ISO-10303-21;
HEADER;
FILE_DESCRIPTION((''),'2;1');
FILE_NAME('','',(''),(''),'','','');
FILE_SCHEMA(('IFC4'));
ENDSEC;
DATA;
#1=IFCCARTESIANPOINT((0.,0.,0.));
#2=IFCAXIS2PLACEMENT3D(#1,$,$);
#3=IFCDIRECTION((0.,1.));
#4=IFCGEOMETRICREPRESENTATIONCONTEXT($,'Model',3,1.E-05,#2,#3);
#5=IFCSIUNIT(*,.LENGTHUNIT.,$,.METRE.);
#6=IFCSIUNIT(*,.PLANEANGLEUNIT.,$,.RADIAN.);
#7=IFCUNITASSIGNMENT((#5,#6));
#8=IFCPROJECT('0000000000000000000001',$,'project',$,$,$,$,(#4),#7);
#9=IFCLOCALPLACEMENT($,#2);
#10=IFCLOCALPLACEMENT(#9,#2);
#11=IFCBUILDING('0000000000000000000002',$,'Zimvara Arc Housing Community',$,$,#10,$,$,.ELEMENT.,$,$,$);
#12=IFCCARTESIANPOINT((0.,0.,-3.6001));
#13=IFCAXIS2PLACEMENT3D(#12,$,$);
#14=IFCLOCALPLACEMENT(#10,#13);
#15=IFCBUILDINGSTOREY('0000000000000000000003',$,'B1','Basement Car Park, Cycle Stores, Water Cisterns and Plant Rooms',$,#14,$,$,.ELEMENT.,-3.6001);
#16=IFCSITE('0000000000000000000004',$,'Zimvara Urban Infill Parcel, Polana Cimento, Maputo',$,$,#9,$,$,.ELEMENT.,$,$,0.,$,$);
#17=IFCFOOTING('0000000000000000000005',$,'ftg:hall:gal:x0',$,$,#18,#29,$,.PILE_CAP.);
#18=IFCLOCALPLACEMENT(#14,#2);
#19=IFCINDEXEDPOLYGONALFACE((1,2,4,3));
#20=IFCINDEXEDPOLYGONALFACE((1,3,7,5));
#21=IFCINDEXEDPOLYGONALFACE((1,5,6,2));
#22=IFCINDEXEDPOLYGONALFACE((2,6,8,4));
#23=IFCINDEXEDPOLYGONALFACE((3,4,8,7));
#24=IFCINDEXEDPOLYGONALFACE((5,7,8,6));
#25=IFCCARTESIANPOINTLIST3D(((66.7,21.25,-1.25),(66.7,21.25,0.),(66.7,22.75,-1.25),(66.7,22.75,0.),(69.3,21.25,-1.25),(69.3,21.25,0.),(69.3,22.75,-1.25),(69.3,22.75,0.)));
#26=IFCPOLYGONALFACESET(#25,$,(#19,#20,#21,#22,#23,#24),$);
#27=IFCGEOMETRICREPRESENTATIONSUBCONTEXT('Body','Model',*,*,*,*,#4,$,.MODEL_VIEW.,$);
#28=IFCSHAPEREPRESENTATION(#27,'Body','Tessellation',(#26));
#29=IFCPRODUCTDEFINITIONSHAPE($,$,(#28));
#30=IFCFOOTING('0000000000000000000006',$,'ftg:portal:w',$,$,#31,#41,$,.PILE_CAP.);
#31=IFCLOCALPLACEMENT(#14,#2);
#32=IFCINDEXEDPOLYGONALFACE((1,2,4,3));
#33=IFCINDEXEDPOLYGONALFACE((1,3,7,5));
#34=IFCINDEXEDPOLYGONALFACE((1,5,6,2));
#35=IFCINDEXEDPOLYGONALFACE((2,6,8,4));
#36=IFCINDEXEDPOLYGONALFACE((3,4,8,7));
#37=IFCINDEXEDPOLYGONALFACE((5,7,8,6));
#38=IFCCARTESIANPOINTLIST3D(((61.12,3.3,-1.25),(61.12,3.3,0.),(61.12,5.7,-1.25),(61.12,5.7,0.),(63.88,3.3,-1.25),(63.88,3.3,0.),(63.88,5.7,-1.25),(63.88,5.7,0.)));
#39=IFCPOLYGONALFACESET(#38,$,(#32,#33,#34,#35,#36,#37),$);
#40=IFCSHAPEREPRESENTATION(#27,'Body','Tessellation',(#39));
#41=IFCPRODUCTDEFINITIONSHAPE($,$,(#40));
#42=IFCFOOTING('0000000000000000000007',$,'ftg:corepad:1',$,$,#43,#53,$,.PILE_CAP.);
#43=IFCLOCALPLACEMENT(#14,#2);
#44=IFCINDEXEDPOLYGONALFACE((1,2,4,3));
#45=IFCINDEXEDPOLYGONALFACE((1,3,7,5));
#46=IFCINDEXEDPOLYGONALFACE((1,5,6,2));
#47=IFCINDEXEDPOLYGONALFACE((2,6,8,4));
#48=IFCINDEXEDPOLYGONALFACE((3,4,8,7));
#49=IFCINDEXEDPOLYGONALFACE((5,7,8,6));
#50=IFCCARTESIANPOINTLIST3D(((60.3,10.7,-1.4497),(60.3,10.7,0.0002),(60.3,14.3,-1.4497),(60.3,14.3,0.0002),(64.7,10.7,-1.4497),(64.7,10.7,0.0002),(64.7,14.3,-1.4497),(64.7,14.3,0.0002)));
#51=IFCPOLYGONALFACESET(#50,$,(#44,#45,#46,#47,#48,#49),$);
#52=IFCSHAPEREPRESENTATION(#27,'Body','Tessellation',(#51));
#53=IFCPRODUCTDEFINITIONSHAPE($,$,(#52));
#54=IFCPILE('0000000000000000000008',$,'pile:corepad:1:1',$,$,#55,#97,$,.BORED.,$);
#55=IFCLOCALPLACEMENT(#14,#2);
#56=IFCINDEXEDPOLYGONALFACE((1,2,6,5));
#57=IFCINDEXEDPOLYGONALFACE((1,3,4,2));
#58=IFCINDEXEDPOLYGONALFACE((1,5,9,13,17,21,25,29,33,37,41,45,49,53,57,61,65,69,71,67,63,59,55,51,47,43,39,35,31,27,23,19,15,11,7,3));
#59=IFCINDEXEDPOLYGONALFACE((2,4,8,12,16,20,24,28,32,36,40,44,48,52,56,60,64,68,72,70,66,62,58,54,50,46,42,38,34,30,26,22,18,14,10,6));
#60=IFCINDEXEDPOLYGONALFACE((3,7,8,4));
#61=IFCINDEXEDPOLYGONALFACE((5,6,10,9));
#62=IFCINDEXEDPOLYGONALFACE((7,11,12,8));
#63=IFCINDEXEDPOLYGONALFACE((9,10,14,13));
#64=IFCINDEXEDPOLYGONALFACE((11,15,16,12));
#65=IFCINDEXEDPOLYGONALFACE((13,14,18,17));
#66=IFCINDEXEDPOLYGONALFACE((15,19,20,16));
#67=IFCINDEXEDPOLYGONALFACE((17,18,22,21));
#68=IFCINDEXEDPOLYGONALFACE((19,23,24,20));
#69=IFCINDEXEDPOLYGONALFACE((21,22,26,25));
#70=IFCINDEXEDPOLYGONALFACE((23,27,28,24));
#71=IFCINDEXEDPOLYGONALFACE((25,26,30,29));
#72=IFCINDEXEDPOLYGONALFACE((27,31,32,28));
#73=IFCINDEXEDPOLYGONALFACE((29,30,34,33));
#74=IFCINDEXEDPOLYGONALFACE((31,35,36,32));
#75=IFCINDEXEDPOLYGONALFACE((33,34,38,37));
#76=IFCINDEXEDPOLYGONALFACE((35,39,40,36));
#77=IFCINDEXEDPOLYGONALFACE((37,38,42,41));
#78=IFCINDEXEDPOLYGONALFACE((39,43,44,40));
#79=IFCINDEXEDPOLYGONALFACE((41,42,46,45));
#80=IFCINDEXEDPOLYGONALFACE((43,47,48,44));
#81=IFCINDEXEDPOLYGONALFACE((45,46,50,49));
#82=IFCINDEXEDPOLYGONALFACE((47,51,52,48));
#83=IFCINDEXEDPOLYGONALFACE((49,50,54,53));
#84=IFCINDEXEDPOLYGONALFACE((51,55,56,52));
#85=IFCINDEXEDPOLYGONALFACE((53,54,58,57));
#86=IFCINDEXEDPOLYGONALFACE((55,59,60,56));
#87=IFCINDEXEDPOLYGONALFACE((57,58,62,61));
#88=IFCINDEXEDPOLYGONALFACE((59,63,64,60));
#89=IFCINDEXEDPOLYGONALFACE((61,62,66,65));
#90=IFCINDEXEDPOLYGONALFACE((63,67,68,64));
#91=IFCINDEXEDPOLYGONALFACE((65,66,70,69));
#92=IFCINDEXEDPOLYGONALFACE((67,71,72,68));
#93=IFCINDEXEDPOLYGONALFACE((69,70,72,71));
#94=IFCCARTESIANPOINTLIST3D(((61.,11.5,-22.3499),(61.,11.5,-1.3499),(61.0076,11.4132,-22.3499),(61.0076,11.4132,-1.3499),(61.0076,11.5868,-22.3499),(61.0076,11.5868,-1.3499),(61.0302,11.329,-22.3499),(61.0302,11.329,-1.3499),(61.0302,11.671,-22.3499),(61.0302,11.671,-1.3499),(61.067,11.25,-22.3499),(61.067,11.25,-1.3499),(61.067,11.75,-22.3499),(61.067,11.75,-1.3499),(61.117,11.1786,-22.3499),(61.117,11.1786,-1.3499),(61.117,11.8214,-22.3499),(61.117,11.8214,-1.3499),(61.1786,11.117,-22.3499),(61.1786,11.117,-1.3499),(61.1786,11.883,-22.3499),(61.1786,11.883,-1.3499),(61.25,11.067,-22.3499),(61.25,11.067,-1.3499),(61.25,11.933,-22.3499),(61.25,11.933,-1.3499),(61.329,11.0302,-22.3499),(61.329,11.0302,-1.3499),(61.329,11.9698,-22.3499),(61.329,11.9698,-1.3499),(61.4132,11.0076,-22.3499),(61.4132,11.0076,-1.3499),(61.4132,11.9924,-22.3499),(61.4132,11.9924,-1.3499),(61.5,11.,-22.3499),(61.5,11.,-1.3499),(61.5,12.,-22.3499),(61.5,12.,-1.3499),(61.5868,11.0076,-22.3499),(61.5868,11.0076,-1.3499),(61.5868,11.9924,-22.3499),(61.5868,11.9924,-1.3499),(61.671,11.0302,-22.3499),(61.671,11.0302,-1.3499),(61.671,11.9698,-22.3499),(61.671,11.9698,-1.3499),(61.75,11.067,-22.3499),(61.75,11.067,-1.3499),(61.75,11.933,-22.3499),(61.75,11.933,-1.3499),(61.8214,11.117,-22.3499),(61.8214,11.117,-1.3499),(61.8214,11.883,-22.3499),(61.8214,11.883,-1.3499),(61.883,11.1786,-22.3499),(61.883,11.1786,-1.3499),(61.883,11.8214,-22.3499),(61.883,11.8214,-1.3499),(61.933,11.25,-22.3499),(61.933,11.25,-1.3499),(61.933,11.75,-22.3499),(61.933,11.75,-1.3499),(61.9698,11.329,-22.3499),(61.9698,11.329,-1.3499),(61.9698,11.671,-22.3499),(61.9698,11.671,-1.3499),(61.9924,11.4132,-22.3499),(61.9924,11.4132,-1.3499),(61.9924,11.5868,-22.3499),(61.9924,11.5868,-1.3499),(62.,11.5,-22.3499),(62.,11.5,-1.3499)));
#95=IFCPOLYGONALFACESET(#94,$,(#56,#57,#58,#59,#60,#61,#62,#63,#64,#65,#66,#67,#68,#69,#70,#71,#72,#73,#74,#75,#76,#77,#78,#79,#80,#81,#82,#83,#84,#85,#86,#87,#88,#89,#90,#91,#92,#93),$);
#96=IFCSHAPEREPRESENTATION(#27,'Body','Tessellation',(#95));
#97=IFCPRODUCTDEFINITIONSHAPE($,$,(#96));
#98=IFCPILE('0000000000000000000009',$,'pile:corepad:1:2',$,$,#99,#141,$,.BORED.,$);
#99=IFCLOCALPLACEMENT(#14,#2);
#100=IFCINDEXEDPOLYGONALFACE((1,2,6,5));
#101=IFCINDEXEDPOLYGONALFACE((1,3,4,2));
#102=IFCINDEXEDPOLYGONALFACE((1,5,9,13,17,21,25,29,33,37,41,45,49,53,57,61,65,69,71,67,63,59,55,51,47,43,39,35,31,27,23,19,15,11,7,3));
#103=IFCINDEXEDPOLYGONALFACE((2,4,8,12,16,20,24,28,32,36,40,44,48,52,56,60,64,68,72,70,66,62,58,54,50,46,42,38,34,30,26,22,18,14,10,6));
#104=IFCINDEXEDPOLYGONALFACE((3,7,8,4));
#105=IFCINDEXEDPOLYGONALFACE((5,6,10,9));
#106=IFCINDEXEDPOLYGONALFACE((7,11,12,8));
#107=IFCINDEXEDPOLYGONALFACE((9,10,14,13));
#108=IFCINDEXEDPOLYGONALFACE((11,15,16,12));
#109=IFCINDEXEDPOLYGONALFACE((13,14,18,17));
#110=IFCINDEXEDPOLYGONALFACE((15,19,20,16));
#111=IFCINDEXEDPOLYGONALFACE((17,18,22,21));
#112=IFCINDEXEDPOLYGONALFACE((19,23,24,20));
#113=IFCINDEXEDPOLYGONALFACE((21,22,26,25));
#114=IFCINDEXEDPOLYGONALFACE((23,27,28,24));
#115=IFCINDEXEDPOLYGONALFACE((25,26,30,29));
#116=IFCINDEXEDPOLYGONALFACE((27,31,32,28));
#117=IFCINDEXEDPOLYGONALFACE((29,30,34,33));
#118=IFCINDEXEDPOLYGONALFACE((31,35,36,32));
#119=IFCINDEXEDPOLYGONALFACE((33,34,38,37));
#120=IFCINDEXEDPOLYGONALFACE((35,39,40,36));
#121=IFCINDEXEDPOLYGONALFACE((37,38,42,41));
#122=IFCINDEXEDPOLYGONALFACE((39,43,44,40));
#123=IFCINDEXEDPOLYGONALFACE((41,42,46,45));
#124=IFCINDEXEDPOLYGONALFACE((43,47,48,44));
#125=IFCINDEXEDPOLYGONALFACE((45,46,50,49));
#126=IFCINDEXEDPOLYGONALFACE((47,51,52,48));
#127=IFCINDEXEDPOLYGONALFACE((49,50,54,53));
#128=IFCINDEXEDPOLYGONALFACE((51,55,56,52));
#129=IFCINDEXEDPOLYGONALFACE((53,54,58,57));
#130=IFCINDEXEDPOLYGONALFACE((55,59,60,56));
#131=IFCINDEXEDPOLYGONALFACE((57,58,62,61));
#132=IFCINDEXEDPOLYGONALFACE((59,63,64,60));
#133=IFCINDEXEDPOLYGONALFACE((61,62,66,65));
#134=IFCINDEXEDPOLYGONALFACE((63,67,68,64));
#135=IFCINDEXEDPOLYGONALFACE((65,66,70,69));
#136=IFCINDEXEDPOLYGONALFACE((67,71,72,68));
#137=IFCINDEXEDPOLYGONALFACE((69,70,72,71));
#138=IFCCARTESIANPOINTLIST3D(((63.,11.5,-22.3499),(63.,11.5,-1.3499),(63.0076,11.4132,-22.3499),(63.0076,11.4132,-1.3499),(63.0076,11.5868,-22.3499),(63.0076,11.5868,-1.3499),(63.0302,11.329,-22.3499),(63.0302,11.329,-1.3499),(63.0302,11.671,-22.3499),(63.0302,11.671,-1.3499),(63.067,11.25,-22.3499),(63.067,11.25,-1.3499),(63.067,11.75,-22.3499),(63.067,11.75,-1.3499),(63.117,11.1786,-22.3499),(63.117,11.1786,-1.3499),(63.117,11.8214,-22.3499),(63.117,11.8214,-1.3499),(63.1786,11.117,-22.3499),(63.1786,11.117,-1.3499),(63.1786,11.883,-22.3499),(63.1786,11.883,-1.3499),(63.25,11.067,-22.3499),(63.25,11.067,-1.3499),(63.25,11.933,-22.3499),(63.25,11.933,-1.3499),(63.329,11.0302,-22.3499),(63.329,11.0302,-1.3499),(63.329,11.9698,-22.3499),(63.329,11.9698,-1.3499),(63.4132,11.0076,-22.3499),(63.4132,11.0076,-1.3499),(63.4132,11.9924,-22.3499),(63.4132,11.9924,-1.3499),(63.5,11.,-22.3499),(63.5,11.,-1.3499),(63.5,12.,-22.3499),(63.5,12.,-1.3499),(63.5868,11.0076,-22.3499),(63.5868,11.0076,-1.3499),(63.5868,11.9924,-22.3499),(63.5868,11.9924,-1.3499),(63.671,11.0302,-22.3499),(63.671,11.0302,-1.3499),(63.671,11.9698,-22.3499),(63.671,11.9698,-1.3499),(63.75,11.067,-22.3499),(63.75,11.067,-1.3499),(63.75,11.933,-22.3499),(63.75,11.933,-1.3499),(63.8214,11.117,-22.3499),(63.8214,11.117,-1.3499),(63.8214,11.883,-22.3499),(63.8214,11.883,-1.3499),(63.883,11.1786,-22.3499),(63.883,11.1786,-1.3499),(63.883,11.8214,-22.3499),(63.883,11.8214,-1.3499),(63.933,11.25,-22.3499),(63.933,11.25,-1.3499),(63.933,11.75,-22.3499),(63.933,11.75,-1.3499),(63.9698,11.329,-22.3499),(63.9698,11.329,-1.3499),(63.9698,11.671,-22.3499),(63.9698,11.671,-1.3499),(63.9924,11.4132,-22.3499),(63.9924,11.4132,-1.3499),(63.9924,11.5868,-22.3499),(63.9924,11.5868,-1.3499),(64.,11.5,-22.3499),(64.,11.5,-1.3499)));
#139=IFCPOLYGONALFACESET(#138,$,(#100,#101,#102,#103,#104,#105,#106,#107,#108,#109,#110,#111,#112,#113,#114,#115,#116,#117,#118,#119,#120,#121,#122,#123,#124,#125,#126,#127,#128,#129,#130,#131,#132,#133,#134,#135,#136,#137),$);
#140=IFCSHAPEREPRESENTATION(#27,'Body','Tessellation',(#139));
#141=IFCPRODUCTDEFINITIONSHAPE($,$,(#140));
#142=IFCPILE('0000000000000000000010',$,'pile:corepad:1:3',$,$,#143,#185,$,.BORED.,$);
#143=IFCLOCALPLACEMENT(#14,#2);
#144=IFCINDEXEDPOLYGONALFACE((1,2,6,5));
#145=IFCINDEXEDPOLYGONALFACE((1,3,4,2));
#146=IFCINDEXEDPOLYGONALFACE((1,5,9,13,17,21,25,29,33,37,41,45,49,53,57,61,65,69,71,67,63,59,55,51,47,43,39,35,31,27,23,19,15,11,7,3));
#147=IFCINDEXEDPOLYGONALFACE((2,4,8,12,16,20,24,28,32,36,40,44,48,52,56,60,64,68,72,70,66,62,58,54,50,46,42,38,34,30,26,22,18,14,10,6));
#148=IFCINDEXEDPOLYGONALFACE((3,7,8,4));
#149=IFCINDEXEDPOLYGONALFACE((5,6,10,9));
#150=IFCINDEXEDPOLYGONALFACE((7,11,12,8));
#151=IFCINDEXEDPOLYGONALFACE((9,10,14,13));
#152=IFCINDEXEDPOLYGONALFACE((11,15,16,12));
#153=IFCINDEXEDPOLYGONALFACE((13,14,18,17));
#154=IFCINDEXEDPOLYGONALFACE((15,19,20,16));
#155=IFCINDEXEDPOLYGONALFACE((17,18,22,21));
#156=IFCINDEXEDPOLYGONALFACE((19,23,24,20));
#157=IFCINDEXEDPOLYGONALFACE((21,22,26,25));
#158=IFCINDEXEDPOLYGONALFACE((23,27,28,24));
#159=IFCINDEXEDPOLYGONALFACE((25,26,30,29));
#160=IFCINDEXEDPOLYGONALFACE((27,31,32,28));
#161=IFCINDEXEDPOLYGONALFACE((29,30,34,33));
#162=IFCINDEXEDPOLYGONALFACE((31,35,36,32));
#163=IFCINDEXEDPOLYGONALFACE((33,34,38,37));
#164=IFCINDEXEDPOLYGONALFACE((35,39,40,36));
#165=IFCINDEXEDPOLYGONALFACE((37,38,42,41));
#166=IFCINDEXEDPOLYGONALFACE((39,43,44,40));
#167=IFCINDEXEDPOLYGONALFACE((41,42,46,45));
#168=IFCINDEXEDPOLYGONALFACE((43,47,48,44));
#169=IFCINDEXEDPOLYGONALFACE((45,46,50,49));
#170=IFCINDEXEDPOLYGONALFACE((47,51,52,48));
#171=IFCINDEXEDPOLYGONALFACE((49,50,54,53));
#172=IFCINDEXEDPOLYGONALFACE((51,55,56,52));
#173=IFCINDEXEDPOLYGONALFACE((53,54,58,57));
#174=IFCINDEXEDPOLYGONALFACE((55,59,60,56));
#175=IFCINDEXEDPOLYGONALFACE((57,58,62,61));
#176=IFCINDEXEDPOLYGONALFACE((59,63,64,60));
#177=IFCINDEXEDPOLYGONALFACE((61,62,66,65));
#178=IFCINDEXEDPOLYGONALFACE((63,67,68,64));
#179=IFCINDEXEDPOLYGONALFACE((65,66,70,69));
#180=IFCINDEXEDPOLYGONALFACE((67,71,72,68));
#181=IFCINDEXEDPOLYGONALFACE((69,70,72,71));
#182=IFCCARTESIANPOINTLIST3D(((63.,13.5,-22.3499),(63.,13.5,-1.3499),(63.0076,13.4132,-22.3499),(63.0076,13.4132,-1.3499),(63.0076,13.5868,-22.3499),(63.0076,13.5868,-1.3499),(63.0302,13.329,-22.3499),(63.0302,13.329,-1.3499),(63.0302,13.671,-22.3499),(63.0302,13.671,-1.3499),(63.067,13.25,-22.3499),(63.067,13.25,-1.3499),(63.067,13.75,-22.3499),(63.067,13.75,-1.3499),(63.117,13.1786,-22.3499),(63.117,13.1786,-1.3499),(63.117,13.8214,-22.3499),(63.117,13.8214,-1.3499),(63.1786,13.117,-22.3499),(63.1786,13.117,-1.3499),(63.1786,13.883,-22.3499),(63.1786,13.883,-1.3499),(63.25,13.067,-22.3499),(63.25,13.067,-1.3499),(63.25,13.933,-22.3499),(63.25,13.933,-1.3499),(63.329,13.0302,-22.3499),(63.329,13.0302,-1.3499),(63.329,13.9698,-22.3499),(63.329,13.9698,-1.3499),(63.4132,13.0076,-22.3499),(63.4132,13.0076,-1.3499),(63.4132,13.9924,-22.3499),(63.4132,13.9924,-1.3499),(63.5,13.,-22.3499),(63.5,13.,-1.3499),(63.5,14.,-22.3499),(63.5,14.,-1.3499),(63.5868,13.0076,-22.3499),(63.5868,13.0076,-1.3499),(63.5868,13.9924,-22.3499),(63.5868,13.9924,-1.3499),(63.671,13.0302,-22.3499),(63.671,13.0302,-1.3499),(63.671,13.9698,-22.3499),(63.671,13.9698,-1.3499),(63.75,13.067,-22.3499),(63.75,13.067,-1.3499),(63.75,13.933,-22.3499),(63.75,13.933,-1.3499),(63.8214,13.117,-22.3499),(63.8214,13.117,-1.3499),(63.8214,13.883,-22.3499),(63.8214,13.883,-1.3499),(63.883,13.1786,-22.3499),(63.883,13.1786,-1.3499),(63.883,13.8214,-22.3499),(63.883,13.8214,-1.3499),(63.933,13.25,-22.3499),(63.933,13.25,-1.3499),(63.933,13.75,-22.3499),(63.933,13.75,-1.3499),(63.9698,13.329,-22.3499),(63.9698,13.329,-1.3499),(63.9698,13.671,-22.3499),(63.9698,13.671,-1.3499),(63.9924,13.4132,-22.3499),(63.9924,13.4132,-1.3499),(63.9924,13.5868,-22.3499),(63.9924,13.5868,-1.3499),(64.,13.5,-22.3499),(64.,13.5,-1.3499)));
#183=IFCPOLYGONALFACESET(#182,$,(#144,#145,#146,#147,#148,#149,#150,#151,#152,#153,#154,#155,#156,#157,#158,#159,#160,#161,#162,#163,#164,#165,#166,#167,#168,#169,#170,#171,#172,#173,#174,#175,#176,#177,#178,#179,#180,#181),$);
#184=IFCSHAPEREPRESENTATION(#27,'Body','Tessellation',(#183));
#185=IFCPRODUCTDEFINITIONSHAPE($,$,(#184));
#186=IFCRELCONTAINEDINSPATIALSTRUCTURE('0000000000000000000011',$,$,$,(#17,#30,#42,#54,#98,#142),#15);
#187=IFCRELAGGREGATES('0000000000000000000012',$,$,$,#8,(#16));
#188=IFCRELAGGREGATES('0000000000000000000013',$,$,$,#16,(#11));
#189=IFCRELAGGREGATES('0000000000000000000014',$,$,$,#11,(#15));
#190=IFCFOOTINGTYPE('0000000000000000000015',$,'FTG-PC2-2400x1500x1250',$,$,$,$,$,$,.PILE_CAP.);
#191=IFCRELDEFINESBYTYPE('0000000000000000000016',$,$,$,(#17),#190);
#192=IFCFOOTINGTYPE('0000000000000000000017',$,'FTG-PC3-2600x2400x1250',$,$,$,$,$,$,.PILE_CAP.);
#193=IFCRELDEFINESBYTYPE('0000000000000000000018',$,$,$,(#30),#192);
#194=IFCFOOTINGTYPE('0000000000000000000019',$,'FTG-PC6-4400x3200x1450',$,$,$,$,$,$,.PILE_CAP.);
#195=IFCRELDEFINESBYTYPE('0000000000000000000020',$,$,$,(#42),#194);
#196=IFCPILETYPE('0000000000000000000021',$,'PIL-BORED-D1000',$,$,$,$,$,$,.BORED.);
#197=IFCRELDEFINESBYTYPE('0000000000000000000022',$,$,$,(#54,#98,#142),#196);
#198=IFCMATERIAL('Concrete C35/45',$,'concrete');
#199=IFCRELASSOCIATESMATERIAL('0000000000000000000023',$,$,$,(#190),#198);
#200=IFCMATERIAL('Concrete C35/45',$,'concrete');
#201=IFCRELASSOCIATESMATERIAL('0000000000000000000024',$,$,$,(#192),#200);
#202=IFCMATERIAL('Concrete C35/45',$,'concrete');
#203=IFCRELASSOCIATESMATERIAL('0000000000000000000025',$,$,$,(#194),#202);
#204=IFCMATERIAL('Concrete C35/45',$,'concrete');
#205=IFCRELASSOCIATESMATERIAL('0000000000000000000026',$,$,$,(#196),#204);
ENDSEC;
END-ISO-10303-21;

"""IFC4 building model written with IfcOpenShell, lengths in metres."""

from ifc_helpers import new_model, si_unit, direction, frame, origin, origin_2d, place, context, subcontext, project, spatial, rectangle, circle, extrude, material, material_profile, profile_set, type_object, element, save


model = new_model("IFC4")

# Units and contexts
model_context = context("Model", 3, precision=1e-05, world=origin(), true_north=direction((0.0, 1.0)))
body_context = subcontext(model_context, "Body", "Model", "MODEL_VIEW")
ifc_project = project(units=[si_unit("LENGTHUNIT", "METRE"), si_unit("PLANEANGLEUNIT", "RADIAN")], contexts=[model_context])

# Site, building, storey
site_placement = place(None, origin())
site = spatial("IfcSite", under=ifc_project, at=site_placement, Name="Zimvara Urban Infill Parcel, Polana Cimento, Maputo", CompositionType="ELEMENT", RefElevation=0.0)
building_placement = place(site_placement, origin())
building = spatial("IfcBuilding", under=site, at=building_placement, Name="Zimvara Arc Housing Community", CompositionType="ELEMENT")
storey_placement = place(building_placement, frame((0.0, 0.0, -3.6001)))
storey = spatial("IfcBuildingStorey", under=building, at=storey_placement, Name="B1", Description="Basement Car Park, Cycle Stores, Water Cisterns and Plant Rooms", CompositionType="ELEMENT", Elevation=-3.6001)

# Footings
ifc_material_1 = material(Name="Concrete C35/45", Category="concrete")
footing_type_1 = type_object("IfcFootingType", Name="FTG-PC2-2400x1500x1250", PredefinedType="PILE_CAP", material=ifc_material_1)
footing_1_placement = place(storey_placement, frame((68.0, 22.0, -1.25), z_axis=(0.0, 0.0, 1.0), x_axis=(1.0, 0.0, 0.0)))
element("IfcFooting", 1, at=footing_1_placement, inside=storey, type_object=footing_type_1, Name="ftg:hall:gal:x0", PredefinedType="PILE_CAP", context=body_context, shape_type="SweptSolid", body=[
    extrude(rectangle(XDim=2.6001, YDim=1.5, at=origin_2d()), origin(), (0.0, 0.0, 1.0), 1.25),
])
ifc_material_2 = material(Name="Concrete C35/45", Category="concrete")
footing_type_2 = type_object("IfcFootingType", Name="FTG-PC3-2600x2400x1250", PredefinedType="PILE_CAP", material=ifc_material_2)
footing_2_placement = place(storey_placement, frame((62.5, 4.5, -1.25), z_axis=(0.0, 0.0, 1.0), x_axis=(1.0, 0.0, 0.0)))
element("IfcFooting", 2, at=footing_2_placement, inside=storey, type_object=footing_type_2, Name="ftg:portal:w", PredefinedType="PILE_CAP", context=body_context, shape_type="SweptSolid", body=[
    extrude(rectangle(XDim=2.76, YDim=2.3999, at=origin_2d()), origin(), (0.0, 0.0, 1.0), 1.25),
])
ifc_material_3 = material(Name="Concrete C35/45", Category="concrete")
footing_type_3 = type_object("IfcFootingType", Name="FTG-PC6-4400x3200x1450", PredefinedType="PILE_CAP", material=ifc_material_3)
footing_3_placement = place(storey_placement, frame((62.5, 12.5, -1.4497), z_axis=(0.0, 0.0, 1.0), x_axis=(1.0, 0.0, 0.0)))
element("IfcFooting", 3, at=footing_3_placement, inside=storey, type_object=footing_type_3, Name="ftg:corepad:1", PredefinedType="PILE_CAP", context=body_context, shape_type="SweptSolid", body=[
    extrude(rectangle(XDim=4.3999, YDim=3.6001, at=origin_2d()), origin(), (0.0, 0.0, 1.0), 1.45),
])

# Piles
ifc_material_4 = material(Name="Concrete C35/45", Category="concrete")
ifc_material_profile_1 = material_profile(ifc_material_4, circle(Radius=0.5, at=origin_2d()), Name="PILE D1000")
ifc_profile_set_1 = profile_set([ifc_material_profile_1], Name="Concrete C35/45")
pile_type_1 = type_object("IfcPileType", Name="PIL-BORED-D1000", PredefinedType="BORED", material=ifc_profile_set_1)
for number, where, z_axis, x_axis, name in (
    (4, (61.5, 11.5, -1.3499), (0.0, 0.0, -1.0), (1.0, 0.0, 0.0), "pile:corepad:1:1"),
    (5, (63.5, 11.5, -1.3499), (0.0, 0.0, -1.0), (1.0, 0.0, 0.0), "pile:corepad:1:2"),
    (6, (63.5, 13.5, -1.3499), (0.0, 0.0, -1.0), (1.0, 0.0, 0.0), "pile:corepad:1:3"),
):
    element("IfcPile", number, at=place(storey_placement, frame(where, z_axis=z_axis, x_axis=x_axis)), inside=storey, type_object=pile_type_1, Name=name, PredefinedType="BORED", context=body_context, shape_type="SweptSolid", body=[
        extrude(circle(Radius=0.5, at=origin_2d()), origin(), (0.0, 0.0, 1.0), 21.0),
    ])

save(model, "model.ifc")
